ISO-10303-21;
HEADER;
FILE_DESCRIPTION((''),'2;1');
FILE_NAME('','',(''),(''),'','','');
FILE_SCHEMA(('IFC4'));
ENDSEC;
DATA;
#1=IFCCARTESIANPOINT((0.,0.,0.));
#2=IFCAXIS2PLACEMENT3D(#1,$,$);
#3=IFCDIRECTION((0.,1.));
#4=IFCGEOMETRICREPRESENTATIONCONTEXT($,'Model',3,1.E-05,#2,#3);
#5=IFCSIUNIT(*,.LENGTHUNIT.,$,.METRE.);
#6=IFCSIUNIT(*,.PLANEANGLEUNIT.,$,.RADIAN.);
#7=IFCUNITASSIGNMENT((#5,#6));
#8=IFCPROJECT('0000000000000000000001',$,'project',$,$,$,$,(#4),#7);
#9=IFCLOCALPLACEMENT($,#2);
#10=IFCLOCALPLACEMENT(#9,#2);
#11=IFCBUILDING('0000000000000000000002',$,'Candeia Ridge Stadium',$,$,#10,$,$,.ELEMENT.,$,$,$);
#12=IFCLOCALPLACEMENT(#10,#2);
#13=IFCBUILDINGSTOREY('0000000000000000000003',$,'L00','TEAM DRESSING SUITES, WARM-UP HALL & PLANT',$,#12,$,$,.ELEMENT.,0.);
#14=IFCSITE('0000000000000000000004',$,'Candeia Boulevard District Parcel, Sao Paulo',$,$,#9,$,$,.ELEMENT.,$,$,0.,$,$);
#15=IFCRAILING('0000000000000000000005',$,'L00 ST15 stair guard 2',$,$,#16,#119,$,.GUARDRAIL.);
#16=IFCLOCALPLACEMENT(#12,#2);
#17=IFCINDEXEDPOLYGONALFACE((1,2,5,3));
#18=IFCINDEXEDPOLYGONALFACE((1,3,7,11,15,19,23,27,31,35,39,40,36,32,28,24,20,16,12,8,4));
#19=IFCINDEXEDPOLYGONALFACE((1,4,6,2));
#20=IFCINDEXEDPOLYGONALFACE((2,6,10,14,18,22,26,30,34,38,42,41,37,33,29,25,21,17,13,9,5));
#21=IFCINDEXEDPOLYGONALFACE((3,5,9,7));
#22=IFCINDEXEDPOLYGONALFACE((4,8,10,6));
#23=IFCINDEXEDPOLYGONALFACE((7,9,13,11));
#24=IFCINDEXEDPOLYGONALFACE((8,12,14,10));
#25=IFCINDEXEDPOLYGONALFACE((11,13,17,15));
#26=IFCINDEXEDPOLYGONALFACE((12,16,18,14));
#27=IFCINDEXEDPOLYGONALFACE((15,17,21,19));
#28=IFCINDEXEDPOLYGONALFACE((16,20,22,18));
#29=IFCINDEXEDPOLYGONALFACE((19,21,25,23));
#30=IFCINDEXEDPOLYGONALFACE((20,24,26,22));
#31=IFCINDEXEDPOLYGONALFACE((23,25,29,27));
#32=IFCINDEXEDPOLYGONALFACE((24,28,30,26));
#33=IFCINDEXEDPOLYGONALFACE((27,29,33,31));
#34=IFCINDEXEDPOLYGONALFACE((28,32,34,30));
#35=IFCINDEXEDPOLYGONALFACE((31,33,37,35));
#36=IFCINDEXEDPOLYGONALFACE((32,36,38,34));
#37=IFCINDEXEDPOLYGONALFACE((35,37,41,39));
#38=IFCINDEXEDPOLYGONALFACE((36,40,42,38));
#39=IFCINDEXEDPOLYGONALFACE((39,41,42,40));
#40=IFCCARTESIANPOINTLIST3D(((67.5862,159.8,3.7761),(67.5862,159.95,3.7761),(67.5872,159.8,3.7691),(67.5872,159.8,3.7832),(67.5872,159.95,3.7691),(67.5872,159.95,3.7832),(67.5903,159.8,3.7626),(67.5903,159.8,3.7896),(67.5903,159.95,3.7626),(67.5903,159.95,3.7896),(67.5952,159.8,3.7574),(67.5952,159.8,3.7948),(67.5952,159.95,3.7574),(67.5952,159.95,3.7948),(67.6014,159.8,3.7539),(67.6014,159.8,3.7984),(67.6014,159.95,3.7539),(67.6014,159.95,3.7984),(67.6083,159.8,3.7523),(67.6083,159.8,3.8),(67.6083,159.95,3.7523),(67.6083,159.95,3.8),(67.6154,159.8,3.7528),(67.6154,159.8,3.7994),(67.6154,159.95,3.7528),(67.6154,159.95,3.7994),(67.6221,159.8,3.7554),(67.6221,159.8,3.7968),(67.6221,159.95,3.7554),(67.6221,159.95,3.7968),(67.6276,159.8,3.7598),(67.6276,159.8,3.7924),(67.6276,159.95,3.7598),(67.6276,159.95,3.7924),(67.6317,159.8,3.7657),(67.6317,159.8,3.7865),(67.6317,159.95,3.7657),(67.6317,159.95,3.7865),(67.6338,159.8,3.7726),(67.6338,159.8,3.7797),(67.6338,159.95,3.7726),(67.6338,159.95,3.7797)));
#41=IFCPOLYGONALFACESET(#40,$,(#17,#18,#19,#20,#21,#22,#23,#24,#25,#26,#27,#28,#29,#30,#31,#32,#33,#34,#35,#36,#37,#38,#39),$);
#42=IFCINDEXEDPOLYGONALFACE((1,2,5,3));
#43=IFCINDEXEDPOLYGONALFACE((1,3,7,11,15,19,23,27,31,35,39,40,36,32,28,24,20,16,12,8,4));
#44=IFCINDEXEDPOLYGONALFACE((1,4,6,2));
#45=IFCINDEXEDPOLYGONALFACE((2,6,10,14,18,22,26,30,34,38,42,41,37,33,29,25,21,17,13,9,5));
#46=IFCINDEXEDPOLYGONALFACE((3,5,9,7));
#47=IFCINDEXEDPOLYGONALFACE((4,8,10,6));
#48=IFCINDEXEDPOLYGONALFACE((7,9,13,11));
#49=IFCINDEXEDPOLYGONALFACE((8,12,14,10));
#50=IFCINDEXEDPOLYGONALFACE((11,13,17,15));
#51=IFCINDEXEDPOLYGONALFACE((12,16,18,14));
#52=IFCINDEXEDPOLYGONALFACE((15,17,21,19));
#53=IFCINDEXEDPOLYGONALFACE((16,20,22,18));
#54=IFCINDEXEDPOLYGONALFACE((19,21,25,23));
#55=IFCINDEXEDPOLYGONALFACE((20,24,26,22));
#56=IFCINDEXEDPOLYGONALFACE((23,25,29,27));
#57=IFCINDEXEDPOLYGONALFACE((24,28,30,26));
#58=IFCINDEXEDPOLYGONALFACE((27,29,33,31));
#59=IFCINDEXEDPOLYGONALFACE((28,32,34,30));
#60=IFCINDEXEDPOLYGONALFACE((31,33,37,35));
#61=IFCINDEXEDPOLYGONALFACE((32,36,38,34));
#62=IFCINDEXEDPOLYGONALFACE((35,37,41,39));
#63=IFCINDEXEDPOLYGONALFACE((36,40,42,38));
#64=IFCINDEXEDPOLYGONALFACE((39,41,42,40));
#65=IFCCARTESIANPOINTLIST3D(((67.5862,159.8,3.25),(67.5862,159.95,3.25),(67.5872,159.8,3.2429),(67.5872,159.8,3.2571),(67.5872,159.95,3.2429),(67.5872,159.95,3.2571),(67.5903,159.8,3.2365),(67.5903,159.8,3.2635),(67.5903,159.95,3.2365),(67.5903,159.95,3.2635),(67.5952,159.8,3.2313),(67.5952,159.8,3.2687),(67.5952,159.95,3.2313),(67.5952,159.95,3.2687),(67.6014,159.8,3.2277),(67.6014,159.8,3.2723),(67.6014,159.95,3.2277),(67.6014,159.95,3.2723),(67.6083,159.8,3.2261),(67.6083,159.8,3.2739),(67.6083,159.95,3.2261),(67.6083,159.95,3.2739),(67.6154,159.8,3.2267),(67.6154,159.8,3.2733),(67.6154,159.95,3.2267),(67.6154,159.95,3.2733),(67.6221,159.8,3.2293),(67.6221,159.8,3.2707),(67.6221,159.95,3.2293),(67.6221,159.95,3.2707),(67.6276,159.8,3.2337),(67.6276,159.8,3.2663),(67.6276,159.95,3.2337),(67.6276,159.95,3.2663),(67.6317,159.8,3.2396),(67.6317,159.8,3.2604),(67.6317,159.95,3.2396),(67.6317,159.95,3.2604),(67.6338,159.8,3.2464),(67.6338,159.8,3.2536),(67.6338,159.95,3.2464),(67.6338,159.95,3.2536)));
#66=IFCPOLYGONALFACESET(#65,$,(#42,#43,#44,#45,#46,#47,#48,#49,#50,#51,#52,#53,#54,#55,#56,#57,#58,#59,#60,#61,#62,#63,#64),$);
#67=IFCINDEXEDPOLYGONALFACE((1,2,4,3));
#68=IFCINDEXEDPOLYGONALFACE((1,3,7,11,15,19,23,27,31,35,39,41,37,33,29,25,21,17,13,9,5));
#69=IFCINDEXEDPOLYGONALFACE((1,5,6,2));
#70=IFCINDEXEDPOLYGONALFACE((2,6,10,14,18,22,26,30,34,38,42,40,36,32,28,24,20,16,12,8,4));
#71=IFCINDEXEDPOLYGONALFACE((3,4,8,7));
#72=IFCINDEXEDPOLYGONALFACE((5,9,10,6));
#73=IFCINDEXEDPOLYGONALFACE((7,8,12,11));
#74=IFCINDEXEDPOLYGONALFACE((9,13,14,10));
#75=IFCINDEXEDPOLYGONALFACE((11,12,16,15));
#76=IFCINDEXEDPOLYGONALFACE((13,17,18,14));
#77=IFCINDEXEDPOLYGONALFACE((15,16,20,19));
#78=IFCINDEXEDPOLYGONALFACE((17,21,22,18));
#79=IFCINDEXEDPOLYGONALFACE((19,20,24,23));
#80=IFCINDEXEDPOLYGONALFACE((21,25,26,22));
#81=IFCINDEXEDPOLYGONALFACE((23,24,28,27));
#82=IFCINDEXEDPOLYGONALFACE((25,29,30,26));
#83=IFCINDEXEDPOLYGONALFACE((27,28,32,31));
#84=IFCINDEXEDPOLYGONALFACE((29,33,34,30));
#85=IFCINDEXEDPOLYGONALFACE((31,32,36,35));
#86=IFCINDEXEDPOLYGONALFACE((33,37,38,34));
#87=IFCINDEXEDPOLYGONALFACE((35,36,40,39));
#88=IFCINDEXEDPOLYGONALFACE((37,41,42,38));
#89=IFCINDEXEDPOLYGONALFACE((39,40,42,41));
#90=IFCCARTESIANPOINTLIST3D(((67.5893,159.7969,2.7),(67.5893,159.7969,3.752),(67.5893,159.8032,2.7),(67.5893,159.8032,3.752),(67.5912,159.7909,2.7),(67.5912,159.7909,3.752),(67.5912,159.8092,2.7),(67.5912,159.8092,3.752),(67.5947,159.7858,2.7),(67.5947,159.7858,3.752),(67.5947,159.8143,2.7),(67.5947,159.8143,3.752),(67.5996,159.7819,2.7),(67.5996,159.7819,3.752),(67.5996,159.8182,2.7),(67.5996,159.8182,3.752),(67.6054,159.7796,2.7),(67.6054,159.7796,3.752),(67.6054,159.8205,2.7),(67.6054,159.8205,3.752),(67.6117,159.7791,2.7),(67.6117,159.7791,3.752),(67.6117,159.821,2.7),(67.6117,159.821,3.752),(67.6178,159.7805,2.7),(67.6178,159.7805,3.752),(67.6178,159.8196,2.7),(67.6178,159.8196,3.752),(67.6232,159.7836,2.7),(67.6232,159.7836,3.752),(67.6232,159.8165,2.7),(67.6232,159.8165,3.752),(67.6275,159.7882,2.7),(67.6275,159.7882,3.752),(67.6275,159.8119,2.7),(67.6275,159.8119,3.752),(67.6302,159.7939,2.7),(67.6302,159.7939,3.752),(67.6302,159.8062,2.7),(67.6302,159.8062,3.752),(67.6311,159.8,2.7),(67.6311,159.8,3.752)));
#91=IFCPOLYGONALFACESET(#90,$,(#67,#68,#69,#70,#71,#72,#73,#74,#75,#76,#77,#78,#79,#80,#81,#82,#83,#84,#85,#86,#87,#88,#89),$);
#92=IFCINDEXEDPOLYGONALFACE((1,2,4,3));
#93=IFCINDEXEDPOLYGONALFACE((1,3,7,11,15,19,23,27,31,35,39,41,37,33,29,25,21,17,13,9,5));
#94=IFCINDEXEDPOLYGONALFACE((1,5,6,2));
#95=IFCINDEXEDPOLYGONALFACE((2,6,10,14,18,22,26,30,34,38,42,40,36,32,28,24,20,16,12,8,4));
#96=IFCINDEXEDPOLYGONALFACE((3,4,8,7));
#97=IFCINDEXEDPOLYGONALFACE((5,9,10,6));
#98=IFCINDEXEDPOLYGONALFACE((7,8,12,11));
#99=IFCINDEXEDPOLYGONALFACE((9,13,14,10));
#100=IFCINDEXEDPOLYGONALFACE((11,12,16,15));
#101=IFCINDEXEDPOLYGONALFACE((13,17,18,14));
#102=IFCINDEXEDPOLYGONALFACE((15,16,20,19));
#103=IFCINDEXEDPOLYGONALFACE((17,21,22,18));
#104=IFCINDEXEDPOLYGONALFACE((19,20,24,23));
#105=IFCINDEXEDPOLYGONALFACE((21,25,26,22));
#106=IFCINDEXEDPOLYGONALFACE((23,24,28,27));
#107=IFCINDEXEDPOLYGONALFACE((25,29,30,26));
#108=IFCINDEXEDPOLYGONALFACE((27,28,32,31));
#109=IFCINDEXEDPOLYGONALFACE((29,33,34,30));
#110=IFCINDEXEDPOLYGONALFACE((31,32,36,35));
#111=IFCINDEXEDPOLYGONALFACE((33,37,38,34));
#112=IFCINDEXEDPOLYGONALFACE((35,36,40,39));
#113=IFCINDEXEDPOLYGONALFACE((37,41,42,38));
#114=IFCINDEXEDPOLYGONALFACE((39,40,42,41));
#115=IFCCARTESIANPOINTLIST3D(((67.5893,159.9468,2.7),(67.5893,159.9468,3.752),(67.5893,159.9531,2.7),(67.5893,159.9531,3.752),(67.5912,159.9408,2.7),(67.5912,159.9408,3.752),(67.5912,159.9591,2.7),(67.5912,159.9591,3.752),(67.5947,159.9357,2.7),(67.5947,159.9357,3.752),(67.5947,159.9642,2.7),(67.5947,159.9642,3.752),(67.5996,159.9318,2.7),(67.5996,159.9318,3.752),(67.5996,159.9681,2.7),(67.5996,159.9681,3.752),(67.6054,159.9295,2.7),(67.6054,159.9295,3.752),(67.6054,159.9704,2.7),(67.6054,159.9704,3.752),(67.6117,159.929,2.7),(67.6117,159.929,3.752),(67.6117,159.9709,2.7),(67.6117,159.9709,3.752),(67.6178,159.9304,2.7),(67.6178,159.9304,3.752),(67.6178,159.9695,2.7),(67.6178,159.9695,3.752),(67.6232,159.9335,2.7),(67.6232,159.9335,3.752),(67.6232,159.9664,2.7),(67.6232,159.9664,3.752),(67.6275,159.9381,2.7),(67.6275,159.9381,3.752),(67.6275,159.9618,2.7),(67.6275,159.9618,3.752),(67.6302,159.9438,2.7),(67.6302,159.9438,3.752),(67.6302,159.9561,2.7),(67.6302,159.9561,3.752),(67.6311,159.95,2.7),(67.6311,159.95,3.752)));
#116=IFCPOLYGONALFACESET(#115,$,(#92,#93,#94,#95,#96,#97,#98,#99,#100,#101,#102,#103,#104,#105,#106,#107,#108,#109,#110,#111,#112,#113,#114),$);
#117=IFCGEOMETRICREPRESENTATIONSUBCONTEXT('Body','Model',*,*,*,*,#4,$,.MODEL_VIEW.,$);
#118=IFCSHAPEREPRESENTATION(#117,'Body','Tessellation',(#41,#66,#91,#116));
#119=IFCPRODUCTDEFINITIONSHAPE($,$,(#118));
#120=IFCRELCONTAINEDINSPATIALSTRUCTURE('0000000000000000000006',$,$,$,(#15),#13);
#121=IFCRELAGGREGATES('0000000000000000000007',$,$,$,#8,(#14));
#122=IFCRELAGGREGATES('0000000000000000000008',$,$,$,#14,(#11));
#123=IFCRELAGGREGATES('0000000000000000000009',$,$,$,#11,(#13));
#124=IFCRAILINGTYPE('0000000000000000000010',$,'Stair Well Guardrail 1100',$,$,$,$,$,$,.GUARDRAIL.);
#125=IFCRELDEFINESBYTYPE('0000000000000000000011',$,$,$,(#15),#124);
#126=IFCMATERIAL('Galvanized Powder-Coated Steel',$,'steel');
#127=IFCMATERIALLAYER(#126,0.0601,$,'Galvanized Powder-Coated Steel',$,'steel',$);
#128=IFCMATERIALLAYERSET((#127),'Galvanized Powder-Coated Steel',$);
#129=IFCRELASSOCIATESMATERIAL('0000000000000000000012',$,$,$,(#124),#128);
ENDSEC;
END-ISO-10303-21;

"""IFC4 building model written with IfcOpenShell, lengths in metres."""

from ifc_helpers import new_model, si_unit, direction, frame, origin, origin_2d, place, context, subcontext, project, spatial, circle, extrude, material, layer, layer_set, type_object, element, save


model = new_model("IFC4")

# Units and contexts
model_context = context("Model", 3, precision=1e-05, world=origin(), true_north=direction((0.0, 1.0)))
body_context = subcontext(model_context, "Body", "Model", "MODEL_VIEW")
ifc_project = project(units=[si_unit("LENGTHUNIT", "METRE"), si_unit("PLANEANGLEUNIT", "RADIAN")], contexts=[model_context])

# Site, building, storey
site_placement = place(None, origin())
site = spatial("IfcSite", under=ifc_project, at=site_placement, Name="Candeia Boulevard District Parcel, Sao Paulo", CompositionType="ELEMENT", RefElevation=0.0)
building_placement = place(site_placement, origin())
building = spatial("IfcBuilding", under=site, at=building_placement, Name="Candeia Ridge Stadium", CompositionType="ELEMENT")
storey_placement = place(building_placement, origin())
storey = spatial("IfcBuildingStorey", under=building, at=storey_placement, Name="L00", Description="TEAM DRESSING SUITES, WARM-UP HALL & PLANT", CompositionType="ELEMENT", Elevation=0.0)

# Railing
ifc_material_1 = material(Name="Galvanized Powder-Coated Steel", Category="steel")
ifc_layer_1 = layer(ifc_material_1, 0.0601, Name="Galvanized Powder-Coated Steel", Category="steel")
ifc_layer_set_1 = layer_set([ifc_layer_1], Name="Galvanized Powder-Coated Steel")
railing_type_1 = type_object("IfcRailingType", Name="Stair Well Guardrail 1100", PredefinedType="GUARDRAIL", material=ifc_layer_set_1)
railing_1_placement = place(storey_placement, frame((67.6101, 159.8, 2.7)))
element("IfcRailing", 1, at=railing_1_placement, inside=storey, type_object=railing_type_1, Name="L00 ST15 stair guard 2", PredefinedType="GUARDRAIL", context=body_context, shape_type="SweptSolid", body=[
    extrude(circle(Radius=0.0239, at=origin_2d()), frame((0.0, 0.0, 1.0762), z_axis=(0.0, 1.0, 0.0), x_axis=(-1.0, 0.0, 0.0)), (0.0, 0.0, 1.0), 0.1499),
    extrude(circle(Radius=0.0239, at=origin_2d()), frame((0.0, 0.0, 0.55), z_axis=(0.0, 1.0, 0.0), x_axis=(-1.0, 0.0, 0.0)), (0.0, 0.0, 1.0), 0.1499),
    extrude(circle(Radius=0.021, at=origin_2d()), origin(), (0.0, 0.0, 1.0), 1.052),
    extrude(circle(Radius=0.021, at=origin_2d()), frame((0.0, 0.1499, 0.0)), (0.0, 0.0, 1.0), 1.052),
])

save(model, "model.ifc")
